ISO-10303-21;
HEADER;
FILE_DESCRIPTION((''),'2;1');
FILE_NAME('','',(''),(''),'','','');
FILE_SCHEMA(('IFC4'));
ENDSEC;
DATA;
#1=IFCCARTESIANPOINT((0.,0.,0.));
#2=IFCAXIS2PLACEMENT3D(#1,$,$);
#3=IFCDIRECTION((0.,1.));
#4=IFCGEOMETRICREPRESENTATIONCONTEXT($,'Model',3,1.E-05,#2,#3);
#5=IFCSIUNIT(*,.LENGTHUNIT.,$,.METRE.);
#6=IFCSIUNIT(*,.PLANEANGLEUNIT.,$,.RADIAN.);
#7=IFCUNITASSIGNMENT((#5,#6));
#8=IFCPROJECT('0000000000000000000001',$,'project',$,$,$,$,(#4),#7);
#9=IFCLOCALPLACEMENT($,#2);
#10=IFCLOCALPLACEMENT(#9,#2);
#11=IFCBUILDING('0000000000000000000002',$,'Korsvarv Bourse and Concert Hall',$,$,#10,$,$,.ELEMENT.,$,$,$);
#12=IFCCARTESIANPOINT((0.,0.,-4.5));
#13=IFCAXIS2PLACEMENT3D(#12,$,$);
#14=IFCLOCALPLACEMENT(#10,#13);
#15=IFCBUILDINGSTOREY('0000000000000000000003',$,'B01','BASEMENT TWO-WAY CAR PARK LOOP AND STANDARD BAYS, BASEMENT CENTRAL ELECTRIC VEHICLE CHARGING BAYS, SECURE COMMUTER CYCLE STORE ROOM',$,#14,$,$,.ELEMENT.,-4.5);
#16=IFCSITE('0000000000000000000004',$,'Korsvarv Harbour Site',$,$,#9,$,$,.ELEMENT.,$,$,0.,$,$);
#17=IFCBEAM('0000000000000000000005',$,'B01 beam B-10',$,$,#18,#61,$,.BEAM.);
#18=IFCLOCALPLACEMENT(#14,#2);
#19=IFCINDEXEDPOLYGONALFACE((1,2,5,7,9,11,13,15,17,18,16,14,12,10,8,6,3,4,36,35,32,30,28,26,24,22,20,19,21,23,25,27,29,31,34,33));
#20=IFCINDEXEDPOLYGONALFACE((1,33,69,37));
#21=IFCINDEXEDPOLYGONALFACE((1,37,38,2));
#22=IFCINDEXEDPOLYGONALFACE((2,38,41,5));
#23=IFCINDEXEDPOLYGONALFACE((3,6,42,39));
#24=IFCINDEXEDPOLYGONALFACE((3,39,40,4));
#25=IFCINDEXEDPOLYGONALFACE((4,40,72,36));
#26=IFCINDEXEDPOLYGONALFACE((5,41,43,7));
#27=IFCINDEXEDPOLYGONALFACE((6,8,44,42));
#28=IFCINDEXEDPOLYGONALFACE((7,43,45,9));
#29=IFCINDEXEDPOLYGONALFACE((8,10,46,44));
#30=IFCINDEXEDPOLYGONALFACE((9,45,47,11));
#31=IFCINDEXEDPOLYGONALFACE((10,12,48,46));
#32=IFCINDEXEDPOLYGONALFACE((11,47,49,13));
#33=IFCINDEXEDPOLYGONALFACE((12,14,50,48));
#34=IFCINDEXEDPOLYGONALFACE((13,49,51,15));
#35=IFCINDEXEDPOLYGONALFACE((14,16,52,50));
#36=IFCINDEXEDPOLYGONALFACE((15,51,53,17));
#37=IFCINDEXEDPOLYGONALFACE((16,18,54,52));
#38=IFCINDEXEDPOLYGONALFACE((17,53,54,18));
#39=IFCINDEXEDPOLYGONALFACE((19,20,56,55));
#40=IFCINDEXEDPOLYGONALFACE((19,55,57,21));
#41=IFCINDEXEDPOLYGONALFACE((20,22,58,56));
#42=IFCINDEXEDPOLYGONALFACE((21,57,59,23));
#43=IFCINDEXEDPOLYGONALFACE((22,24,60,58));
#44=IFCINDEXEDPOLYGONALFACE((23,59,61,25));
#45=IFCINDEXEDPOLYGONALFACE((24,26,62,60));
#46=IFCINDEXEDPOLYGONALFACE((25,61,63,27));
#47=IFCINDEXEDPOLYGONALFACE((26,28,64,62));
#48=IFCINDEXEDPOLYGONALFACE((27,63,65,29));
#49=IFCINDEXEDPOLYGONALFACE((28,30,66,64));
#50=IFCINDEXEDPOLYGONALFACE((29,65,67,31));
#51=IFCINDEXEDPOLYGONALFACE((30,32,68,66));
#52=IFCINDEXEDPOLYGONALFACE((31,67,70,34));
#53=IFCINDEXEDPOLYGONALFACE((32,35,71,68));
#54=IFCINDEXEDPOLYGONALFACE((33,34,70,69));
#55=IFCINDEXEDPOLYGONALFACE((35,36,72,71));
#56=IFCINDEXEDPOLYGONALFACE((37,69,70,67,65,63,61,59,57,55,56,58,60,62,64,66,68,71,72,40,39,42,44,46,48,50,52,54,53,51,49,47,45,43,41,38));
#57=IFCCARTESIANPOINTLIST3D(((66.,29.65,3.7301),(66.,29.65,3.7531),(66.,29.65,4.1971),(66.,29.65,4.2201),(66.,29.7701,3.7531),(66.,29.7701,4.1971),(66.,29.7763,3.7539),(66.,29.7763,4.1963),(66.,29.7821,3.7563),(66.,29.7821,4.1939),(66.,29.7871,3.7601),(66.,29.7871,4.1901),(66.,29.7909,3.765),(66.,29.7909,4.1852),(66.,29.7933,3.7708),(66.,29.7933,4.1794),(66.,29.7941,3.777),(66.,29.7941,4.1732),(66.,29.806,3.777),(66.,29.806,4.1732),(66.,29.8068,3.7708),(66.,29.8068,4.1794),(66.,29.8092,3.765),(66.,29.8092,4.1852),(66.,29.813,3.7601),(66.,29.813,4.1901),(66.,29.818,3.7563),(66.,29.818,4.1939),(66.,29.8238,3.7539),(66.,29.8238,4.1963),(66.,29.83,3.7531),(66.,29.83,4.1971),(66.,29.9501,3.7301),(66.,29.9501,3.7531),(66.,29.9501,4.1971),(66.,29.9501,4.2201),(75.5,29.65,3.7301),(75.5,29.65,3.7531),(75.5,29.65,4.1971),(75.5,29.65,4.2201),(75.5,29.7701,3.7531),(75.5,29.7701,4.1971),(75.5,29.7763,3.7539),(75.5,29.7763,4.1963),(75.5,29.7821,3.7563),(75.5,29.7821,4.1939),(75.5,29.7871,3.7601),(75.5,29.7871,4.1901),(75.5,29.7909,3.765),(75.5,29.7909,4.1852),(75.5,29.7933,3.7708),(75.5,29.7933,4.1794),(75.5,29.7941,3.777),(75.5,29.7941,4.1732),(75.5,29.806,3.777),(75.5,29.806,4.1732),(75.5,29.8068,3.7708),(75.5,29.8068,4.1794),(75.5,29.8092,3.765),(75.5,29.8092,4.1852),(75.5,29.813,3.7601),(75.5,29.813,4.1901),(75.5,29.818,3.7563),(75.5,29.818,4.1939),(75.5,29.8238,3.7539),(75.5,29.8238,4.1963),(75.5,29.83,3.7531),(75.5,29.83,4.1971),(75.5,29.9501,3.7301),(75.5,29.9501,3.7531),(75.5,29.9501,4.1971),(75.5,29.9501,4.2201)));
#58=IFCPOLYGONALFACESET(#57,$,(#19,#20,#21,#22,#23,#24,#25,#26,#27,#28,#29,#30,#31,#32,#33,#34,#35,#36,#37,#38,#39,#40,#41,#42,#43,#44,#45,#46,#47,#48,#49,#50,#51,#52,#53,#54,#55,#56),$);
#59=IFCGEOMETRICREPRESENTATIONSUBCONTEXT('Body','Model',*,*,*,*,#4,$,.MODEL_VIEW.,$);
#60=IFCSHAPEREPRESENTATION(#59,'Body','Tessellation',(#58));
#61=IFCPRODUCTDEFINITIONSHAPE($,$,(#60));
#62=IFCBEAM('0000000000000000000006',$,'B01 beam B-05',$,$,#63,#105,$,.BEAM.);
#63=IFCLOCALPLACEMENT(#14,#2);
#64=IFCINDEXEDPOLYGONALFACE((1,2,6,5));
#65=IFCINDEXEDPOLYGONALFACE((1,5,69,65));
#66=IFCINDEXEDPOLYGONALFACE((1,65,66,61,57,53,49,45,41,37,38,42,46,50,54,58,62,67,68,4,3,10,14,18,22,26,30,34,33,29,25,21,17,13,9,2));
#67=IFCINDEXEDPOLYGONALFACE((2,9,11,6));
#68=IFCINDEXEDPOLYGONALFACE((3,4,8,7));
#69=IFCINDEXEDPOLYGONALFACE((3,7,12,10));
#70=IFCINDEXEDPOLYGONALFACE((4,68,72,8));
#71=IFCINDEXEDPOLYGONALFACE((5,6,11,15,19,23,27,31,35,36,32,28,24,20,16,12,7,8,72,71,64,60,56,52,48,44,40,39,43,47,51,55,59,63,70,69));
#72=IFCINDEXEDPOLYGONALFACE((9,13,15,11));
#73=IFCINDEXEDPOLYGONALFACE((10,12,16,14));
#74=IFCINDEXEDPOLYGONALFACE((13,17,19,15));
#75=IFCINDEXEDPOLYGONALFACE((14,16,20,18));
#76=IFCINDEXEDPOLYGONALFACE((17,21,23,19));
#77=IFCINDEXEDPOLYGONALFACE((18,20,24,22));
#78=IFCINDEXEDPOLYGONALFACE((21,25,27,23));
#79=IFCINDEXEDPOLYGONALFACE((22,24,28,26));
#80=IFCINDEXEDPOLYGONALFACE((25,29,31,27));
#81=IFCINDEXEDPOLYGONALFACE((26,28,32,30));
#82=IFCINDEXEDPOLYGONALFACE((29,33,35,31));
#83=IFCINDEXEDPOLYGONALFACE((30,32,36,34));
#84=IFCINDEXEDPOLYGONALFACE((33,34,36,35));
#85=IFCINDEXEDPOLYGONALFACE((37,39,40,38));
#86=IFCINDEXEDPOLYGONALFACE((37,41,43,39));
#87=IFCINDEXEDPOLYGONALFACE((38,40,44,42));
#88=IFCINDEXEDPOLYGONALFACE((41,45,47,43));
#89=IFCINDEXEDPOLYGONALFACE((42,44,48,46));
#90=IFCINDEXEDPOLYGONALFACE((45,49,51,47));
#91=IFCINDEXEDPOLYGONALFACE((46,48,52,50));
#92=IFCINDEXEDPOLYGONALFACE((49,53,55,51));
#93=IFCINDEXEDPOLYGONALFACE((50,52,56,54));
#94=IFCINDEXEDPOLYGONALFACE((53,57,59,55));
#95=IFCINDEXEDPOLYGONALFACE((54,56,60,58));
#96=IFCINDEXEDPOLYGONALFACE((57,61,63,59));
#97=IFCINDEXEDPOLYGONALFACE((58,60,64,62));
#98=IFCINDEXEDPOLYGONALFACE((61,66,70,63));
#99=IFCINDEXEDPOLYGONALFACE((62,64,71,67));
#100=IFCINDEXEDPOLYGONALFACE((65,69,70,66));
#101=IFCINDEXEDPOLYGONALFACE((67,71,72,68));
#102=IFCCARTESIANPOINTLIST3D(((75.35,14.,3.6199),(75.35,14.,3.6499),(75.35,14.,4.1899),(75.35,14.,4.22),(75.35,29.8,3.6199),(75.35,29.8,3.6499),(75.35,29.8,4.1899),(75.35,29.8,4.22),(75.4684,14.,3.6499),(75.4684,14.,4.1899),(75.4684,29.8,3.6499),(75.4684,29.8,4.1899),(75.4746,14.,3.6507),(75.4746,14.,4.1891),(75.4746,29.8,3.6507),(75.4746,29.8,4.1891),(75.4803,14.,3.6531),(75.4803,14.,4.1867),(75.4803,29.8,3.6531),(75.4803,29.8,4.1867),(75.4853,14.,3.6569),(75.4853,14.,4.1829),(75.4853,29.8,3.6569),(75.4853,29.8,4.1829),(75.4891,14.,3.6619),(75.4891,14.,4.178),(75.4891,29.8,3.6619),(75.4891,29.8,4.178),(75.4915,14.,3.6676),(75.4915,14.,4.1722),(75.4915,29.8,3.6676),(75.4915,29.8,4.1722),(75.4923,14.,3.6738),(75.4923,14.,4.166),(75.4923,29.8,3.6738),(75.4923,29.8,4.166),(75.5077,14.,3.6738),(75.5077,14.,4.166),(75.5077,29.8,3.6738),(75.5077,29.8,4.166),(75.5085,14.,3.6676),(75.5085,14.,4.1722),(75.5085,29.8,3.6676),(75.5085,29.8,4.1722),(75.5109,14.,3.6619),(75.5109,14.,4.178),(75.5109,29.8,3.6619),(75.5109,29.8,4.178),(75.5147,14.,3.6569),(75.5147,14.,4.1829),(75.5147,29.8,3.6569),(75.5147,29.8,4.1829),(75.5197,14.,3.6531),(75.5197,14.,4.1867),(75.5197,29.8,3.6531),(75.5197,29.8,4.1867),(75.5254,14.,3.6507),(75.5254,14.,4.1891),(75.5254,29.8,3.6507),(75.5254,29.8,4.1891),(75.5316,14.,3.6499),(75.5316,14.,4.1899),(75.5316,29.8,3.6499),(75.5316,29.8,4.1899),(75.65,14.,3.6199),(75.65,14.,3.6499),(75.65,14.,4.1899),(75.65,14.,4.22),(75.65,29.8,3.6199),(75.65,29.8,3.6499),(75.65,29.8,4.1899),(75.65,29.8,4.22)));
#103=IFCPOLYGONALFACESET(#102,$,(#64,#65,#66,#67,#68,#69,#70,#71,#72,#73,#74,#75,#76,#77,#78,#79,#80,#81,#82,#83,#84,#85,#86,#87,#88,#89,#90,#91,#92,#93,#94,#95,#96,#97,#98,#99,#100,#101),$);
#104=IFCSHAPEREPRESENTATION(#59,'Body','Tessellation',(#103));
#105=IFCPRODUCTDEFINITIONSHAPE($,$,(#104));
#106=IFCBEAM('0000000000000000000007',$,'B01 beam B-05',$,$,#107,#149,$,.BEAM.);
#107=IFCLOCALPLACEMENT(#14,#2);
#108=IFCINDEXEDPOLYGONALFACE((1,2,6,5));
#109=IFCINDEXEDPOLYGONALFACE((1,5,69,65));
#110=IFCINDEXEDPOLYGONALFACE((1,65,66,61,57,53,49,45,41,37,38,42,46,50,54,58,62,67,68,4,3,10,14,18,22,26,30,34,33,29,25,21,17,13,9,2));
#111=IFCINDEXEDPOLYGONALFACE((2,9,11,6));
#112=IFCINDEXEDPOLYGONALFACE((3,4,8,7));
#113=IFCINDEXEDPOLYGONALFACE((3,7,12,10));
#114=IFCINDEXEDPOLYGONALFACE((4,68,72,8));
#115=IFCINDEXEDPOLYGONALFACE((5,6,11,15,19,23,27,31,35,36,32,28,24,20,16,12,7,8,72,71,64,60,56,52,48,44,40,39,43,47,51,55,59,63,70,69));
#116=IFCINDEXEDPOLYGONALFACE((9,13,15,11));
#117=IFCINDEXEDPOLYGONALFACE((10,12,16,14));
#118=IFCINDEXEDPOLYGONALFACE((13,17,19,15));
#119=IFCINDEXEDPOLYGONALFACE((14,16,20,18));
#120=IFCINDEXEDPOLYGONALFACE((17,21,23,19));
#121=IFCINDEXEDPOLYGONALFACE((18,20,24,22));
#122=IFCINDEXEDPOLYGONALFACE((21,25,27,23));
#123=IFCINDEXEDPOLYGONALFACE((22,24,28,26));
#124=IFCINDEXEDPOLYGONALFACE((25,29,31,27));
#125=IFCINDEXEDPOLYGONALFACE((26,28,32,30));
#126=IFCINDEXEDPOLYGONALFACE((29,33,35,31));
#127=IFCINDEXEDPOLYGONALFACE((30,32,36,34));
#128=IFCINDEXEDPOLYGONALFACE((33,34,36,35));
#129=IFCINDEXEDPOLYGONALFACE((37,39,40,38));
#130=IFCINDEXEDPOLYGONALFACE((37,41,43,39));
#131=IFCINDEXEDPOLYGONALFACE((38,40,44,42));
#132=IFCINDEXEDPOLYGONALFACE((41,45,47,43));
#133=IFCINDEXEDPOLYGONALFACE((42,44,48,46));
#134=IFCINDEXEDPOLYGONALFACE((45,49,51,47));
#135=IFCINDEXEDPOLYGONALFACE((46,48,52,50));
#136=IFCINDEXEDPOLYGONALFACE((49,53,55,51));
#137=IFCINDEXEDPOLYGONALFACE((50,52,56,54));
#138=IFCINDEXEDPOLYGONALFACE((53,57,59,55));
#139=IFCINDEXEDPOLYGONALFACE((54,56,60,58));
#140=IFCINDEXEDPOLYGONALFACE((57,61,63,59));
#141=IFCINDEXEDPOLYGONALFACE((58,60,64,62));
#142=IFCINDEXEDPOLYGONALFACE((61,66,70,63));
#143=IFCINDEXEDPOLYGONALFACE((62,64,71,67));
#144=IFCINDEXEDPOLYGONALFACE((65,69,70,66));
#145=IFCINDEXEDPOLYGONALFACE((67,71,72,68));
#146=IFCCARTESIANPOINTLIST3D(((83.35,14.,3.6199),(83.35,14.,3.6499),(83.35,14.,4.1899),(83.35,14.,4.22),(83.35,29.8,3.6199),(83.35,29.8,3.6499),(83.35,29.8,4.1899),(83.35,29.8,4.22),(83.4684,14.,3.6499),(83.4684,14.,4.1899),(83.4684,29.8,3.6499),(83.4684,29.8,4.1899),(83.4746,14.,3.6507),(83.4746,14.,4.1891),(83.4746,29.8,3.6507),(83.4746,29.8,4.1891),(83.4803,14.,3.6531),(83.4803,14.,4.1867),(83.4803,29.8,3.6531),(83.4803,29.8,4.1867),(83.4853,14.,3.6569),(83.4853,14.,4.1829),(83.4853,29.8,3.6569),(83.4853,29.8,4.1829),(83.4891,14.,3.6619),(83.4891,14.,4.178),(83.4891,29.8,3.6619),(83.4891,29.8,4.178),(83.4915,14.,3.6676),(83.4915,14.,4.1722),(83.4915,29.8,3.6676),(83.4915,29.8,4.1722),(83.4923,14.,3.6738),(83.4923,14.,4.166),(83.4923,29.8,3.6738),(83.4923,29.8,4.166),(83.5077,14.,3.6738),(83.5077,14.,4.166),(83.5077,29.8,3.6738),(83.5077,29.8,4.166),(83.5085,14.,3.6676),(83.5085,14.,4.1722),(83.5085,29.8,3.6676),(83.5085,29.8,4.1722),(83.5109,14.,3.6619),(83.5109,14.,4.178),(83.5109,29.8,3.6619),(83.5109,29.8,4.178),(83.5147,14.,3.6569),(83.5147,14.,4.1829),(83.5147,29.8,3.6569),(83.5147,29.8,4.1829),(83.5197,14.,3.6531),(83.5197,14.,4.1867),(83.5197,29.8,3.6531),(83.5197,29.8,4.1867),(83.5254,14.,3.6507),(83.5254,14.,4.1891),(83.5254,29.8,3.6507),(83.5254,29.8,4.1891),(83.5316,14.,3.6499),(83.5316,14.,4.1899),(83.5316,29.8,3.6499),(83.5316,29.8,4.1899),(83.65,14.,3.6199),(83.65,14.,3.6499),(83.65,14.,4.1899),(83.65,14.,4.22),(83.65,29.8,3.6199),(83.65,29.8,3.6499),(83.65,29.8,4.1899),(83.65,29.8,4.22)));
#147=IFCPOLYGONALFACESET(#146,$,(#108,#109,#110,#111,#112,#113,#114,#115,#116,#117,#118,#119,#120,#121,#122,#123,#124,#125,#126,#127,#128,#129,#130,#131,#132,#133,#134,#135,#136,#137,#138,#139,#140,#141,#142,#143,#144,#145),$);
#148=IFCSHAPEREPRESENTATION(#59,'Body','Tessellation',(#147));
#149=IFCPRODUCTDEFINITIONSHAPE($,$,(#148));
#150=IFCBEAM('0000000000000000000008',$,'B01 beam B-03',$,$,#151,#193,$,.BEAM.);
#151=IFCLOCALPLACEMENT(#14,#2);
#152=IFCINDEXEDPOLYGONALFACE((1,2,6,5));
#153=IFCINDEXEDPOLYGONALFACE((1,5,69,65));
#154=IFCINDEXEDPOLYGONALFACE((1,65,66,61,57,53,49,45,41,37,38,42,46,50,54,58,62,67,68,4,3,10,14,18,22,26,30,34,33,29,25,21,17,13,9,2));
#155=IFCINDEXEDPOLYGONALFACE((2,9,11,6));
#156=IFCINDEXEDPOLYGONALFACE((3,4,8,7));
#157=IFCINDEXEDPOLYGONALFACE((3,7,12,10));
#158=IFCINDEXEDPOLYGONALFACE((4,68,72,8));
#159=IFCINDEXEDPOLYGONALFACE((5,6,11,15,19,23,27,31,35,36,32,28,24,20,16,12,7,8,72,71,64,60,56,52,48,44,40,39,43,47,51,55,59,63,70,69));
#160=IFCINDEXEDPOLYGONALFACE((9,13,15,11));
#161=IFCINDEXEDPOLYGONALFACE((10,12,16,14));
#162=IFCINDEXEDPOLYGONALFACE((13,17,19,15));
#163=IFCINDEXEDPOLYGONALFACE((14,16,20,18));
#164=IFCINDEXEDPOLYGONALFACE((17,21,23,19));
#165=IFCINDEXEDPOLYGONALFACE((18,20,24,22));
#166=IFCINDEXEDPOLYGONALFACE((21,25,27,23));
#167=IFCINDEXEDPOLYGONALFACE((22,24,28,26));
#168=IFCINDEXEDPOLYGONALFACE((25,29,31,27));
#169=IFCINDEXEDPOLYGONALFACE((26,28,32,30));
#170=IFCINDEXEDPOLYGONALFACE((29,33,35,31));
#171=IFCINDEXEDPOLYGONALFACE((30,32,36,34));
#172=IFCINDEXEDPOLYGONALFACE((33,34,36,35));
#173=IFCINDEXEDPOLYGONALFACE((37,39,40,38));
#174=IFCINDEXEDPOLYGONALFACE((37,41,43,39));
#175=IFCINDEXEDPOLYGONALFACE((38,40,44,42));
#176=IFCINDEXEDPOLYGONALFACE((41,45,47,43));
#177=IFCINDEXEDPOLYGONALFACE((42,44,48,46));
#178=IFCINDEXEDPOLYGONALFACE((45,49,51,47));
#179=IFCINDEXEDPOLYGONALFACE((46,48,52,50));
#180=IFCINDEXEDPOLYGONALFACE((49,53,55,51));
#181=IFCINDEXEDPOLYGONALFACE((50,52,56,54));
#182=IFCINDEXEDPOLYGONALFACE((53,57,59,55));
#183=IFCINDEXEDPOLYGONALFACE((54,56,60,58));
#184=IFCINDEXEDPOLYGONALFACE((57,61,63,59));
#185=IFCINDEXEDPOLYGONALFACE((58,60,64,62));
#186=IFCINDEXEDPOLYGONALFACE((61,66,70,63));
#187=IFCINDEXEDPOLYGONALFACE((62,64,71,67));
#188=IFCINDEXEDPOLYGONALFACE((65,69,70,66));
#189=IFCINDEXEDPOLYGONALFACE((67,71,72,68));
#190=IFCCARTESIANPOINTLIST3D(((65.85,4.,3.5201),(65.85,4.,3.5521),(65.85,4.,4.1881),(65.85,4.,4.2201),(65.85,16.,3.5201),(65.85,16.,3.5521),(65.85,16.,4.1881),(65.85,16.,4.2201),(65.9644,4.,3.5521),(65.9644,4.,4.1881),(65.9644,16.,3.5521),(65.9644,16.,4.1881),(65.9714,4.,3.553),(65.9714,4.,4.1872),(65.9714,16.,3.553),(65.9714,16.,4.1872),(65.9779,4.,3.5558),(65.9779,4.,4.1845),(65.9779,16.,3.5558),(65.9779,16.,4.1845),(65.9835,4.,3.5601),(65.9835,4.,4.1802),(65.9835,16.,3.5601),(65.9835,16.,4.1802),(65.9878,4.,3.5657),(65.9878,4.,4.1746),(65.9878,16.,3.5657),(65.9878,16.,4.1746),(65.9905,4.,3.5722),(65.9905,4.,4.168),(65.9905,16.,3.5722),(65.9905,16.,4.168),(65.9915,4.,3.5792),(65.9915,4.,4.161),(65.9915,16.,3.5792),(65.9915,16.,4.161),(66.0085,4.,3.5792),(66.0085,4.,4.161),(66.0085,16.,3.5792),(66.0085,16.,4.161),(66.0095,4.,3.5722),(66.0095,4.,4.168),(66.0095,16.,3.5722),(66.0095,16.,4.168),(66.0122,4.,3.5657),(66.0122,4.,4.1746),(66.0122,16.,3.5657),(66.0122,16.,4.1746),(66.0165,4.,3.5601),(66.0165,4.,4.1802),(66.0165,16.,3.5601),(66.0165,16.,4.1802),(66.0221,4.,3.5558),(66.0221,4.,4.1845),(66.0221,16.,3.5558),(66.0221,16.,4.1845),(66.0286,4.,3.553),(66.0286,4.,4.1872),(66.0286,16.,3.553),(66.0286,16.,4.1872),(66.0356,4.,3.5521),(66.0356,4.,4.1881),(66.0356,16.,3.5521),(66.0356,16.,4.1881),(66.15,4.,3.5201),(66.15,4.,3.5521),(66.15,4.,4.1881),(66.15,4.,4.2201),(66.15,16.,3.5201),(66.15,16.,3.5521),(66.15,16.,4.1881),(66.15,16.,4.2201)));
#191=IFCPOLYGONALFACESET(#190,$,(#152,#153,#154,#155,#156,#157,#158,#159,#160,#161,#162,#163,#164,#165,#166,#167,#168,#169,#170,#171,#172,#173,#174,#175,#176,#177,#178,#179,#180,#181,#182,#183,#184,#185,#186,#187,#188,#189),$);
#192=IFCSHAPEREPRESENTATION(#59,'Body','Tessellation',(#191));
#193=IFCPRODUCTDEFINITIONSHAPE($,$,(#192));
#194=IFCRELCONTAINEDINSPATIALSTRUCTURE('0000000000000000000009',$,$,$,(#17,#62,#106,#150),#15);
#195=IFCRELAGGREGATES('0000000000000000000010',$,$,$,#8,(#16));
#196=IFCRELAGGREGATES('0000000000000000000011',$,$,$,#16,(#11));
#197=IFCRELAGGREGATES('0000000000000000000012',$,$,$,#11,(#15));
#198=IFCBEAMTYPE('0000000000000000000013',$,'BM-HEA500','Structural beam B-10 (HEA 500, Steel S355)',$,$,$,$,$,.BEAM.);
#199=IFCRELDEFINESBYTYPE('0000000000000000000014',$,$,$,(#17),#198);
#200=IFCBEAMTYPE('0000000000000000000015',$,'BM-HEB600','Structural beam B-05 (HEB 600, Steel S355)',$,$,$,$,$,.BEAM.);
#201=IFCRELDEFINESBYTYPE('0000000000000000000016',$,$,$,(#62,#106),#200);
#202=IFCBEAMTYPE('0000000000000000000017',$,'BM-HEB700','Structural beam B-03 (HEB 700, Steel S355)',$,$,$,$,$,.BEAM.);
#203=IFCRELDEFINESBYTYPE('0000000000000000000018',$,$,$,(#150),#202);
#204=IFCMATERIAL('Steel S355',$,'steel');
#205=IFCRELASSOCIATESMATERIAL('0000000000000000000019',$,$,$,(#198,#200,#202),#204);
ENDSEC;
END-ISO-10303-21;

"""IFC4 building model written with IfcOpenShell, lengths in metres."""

from ifc_helpers import new_model, si_unit, direction, frame, origin, origin_2d, place, context, subcontext, project, spatial, i_section, extrude, source, transform, mapped, material, material_profile, profile_set, type_object, element, save


model = new_model("IFC4")

# Units and contexts
model_context = context("Model", 3, precision=1e-05, world=origin(), true_north=direction((0.0, 1.0)))
body_context = subcontext(model_context, "Body", "Model", "MODEL_VIEW")
ifc_project = project(units=[si_unit("LENGTHUNIT", "METRE"), si_unit("PLANEANGLEUNIT", "RADIAN")], contexts=[model_context])

# Site, building, storey
site_placement = place(None, origin())
site = spatial("IfcSite", under=ifc_project, at=site_placement, Name="Korsvarv Harbour Site", CompositionType="ELEMENT", RefElevation=0.0)
building_placement = place(site_placement, origin())
building = spatial("IfcBuilding", under=site, at=building_placement, Name="Korsvarv Bourse and Concert Hall", CompositionType="ELEMENT")
storey_placement = place(building_placement, frame((0.0, 0.0, -4.5)))
storey = spatial("IfcBuildingStorey", under=building, at=storey_placement, Name="B01", Description="BASEMENT TWO-WAY CAR PARK LOOP AND STANDARD BAYS, BASEMENT CENTRAL ELECTRIC VEHICLE CHARGING BAYS, SECURE COMMUTER CYCLE STORE ROOM", CompositionType="ELEMENT", Elevation=-4.5)

# Beams
ifc_material_1 = material(Name="Steel S355", Category="steel")
ifc_material_profile_1 = material_profile(ifc_material_1, i_section(OverallWidth=0.3, OverallDepth=0.49, WebThickness=0.012, FlangeThickness=0.0229, FilletRadius=0.0239, at=origin_2d()), Name="HEA 500")
ifc_profile_set_1 = profile_set([ifc_material_profile_1], Name="Steel S355")
beam_type_1 = type_object("IfcBeamType", Name="BM-HEA500", Description="Structural beam B-10 (HEA 500, Steel S355)", PredefinedType="BEAM", material=ifc_profile_set_1)
shared_shape_1 = source(origin(), body_context, "Body", "SweptSolid", [
    extrude(i_section(OverallWidth=0.3, OverallDepth=0.49, WebThickness=0.012, FlangeThickness=0.0229, FilletRadius=0.0239, at=origin_2d()), origin(), (0.0, 0.0, 1.0), 9.5),
])
beam_1_placement = place(storey_placement, frame((66.0, 29.8, 3.9751), z_axis=(1.0, 0.0, 0.0), x_axis=(0.0, 1.0, 0.0)))
element("IfcBeam", 1, at=beam_1_placement, inside=storey, type_object=beam_type_1, Name="B01 beam B-10", PredefinedType="BEAM", context=body_context, shape_type="MappedRepresentation", body=[
    mapped(shared_shape_1, transform((0.0, 0.0, 0.0), scale=1.0)),
])
ifc_material_profile_2 = material_profile(ifc_material_1, i_section(OverallWidth=0.3, OverallDepth=0.6001, WebThickness=0.0154, FlangeThickness=0.03, FilletRadius=0.0239, at=origin_2d()), Name="HEB 600")
ifc_profile_set_2 = profile_set([ifc_material_profile_2], Name="Steel S355")
beam_type_2 = type_object("IfcBeamType", Name="BM-HEB600", Description="Structural beam B-05 (HEB 600, Steel S355)", PredefinedType="BEAM", material=ifc_profile_set_2)
shared_shape_2 = source(origin(), body_context, "Body", "SweptSolid", [
    extrude(i_section(OverallWidth=0.3, OverallDepth=0.6001, WebThickness=0.0154, FlangeThickness=0.03, FilletRadius=0.0239, at=origin_2d()), origin(), (0.0, 0.0, 1.0), 15.8),
])
for number, where, z_axis, x_axis, name in (
    (2, (75.5, 14.0, 3.9199), (0.0, 1.0, 0.0), (-1.0, 0.0, 0.0), "B01 beam B-05"),
    (3, (83.5, 14.0, 3.9199), (0.0, 1.0, 0.0), (-1.0, 0.0, 0.0), "B01 beam B-05"),
):
    element("IfcBeam", number, at=place(storey_placement, frame(where, z_axis=z_axis, x_axis=x_axis)), inside=storey, type_object=beam_type_2, Name=name, PredefinedType="BEAM", context=body_context, shape_type="MappedRepresentation", body=[
        mapped(shared_shape_2, transform((0.0, 0.0, 0.0), scale=1.0)),
    ])
ifc_material_profile_3 = material_profile(ifc_material_1, i_section(OverallWidth=0.3, OverallDepth=0.7, WebThickness=0.0171, FlangeThickness=0.032, FilletRadius=0.0271, at=origin_2d()), Name="HEB 700")
ifc_profile_set_3 = profile_set([ifc_material_profile_3], Name="Steel S355")
beam_type_3 = type_object("IfcBeamType", Name="BM-HEB700", Description="Structural beam B-03 (HEB 700, Steel S355)", PredefinedType="BEAM", material=ifc_profile_set_3)
shared_shape_3 = source(origin(), body_context, "Body", "SweptSolid", [
    extrude(i_section(OverallWidth=0.3, OverallDepth=0.7, WebThickness=0.0171, FlangeThickness=0.032, FilletRadius=0.0271, at=origin_2d()), origin(), (0.0, 0.0, 1.0), 12.0),
])
for number, where, z_axis, x_axis, name in (
    (4, (66.0, 4.0, 3.8701), (0.0, 1.0, 0.0), (-1.0, 0.0, 0.0), "B01 beam B-03"),
):
    element("IfcBeam", number, at=place(storey_placement, frame(where, z_axis=z_axis, x_axis=x_axis)), inside=storey, type_object=beam_type_3, Name=name, PredefinedType="BEAM", context=body_context, shape_type="MappedRepresentation", body=[
        mapped(shared_shape_3, transform((0.0, 0.0, 0.0), scale=1.0)),
    ])

save(model, "model.ifc")
